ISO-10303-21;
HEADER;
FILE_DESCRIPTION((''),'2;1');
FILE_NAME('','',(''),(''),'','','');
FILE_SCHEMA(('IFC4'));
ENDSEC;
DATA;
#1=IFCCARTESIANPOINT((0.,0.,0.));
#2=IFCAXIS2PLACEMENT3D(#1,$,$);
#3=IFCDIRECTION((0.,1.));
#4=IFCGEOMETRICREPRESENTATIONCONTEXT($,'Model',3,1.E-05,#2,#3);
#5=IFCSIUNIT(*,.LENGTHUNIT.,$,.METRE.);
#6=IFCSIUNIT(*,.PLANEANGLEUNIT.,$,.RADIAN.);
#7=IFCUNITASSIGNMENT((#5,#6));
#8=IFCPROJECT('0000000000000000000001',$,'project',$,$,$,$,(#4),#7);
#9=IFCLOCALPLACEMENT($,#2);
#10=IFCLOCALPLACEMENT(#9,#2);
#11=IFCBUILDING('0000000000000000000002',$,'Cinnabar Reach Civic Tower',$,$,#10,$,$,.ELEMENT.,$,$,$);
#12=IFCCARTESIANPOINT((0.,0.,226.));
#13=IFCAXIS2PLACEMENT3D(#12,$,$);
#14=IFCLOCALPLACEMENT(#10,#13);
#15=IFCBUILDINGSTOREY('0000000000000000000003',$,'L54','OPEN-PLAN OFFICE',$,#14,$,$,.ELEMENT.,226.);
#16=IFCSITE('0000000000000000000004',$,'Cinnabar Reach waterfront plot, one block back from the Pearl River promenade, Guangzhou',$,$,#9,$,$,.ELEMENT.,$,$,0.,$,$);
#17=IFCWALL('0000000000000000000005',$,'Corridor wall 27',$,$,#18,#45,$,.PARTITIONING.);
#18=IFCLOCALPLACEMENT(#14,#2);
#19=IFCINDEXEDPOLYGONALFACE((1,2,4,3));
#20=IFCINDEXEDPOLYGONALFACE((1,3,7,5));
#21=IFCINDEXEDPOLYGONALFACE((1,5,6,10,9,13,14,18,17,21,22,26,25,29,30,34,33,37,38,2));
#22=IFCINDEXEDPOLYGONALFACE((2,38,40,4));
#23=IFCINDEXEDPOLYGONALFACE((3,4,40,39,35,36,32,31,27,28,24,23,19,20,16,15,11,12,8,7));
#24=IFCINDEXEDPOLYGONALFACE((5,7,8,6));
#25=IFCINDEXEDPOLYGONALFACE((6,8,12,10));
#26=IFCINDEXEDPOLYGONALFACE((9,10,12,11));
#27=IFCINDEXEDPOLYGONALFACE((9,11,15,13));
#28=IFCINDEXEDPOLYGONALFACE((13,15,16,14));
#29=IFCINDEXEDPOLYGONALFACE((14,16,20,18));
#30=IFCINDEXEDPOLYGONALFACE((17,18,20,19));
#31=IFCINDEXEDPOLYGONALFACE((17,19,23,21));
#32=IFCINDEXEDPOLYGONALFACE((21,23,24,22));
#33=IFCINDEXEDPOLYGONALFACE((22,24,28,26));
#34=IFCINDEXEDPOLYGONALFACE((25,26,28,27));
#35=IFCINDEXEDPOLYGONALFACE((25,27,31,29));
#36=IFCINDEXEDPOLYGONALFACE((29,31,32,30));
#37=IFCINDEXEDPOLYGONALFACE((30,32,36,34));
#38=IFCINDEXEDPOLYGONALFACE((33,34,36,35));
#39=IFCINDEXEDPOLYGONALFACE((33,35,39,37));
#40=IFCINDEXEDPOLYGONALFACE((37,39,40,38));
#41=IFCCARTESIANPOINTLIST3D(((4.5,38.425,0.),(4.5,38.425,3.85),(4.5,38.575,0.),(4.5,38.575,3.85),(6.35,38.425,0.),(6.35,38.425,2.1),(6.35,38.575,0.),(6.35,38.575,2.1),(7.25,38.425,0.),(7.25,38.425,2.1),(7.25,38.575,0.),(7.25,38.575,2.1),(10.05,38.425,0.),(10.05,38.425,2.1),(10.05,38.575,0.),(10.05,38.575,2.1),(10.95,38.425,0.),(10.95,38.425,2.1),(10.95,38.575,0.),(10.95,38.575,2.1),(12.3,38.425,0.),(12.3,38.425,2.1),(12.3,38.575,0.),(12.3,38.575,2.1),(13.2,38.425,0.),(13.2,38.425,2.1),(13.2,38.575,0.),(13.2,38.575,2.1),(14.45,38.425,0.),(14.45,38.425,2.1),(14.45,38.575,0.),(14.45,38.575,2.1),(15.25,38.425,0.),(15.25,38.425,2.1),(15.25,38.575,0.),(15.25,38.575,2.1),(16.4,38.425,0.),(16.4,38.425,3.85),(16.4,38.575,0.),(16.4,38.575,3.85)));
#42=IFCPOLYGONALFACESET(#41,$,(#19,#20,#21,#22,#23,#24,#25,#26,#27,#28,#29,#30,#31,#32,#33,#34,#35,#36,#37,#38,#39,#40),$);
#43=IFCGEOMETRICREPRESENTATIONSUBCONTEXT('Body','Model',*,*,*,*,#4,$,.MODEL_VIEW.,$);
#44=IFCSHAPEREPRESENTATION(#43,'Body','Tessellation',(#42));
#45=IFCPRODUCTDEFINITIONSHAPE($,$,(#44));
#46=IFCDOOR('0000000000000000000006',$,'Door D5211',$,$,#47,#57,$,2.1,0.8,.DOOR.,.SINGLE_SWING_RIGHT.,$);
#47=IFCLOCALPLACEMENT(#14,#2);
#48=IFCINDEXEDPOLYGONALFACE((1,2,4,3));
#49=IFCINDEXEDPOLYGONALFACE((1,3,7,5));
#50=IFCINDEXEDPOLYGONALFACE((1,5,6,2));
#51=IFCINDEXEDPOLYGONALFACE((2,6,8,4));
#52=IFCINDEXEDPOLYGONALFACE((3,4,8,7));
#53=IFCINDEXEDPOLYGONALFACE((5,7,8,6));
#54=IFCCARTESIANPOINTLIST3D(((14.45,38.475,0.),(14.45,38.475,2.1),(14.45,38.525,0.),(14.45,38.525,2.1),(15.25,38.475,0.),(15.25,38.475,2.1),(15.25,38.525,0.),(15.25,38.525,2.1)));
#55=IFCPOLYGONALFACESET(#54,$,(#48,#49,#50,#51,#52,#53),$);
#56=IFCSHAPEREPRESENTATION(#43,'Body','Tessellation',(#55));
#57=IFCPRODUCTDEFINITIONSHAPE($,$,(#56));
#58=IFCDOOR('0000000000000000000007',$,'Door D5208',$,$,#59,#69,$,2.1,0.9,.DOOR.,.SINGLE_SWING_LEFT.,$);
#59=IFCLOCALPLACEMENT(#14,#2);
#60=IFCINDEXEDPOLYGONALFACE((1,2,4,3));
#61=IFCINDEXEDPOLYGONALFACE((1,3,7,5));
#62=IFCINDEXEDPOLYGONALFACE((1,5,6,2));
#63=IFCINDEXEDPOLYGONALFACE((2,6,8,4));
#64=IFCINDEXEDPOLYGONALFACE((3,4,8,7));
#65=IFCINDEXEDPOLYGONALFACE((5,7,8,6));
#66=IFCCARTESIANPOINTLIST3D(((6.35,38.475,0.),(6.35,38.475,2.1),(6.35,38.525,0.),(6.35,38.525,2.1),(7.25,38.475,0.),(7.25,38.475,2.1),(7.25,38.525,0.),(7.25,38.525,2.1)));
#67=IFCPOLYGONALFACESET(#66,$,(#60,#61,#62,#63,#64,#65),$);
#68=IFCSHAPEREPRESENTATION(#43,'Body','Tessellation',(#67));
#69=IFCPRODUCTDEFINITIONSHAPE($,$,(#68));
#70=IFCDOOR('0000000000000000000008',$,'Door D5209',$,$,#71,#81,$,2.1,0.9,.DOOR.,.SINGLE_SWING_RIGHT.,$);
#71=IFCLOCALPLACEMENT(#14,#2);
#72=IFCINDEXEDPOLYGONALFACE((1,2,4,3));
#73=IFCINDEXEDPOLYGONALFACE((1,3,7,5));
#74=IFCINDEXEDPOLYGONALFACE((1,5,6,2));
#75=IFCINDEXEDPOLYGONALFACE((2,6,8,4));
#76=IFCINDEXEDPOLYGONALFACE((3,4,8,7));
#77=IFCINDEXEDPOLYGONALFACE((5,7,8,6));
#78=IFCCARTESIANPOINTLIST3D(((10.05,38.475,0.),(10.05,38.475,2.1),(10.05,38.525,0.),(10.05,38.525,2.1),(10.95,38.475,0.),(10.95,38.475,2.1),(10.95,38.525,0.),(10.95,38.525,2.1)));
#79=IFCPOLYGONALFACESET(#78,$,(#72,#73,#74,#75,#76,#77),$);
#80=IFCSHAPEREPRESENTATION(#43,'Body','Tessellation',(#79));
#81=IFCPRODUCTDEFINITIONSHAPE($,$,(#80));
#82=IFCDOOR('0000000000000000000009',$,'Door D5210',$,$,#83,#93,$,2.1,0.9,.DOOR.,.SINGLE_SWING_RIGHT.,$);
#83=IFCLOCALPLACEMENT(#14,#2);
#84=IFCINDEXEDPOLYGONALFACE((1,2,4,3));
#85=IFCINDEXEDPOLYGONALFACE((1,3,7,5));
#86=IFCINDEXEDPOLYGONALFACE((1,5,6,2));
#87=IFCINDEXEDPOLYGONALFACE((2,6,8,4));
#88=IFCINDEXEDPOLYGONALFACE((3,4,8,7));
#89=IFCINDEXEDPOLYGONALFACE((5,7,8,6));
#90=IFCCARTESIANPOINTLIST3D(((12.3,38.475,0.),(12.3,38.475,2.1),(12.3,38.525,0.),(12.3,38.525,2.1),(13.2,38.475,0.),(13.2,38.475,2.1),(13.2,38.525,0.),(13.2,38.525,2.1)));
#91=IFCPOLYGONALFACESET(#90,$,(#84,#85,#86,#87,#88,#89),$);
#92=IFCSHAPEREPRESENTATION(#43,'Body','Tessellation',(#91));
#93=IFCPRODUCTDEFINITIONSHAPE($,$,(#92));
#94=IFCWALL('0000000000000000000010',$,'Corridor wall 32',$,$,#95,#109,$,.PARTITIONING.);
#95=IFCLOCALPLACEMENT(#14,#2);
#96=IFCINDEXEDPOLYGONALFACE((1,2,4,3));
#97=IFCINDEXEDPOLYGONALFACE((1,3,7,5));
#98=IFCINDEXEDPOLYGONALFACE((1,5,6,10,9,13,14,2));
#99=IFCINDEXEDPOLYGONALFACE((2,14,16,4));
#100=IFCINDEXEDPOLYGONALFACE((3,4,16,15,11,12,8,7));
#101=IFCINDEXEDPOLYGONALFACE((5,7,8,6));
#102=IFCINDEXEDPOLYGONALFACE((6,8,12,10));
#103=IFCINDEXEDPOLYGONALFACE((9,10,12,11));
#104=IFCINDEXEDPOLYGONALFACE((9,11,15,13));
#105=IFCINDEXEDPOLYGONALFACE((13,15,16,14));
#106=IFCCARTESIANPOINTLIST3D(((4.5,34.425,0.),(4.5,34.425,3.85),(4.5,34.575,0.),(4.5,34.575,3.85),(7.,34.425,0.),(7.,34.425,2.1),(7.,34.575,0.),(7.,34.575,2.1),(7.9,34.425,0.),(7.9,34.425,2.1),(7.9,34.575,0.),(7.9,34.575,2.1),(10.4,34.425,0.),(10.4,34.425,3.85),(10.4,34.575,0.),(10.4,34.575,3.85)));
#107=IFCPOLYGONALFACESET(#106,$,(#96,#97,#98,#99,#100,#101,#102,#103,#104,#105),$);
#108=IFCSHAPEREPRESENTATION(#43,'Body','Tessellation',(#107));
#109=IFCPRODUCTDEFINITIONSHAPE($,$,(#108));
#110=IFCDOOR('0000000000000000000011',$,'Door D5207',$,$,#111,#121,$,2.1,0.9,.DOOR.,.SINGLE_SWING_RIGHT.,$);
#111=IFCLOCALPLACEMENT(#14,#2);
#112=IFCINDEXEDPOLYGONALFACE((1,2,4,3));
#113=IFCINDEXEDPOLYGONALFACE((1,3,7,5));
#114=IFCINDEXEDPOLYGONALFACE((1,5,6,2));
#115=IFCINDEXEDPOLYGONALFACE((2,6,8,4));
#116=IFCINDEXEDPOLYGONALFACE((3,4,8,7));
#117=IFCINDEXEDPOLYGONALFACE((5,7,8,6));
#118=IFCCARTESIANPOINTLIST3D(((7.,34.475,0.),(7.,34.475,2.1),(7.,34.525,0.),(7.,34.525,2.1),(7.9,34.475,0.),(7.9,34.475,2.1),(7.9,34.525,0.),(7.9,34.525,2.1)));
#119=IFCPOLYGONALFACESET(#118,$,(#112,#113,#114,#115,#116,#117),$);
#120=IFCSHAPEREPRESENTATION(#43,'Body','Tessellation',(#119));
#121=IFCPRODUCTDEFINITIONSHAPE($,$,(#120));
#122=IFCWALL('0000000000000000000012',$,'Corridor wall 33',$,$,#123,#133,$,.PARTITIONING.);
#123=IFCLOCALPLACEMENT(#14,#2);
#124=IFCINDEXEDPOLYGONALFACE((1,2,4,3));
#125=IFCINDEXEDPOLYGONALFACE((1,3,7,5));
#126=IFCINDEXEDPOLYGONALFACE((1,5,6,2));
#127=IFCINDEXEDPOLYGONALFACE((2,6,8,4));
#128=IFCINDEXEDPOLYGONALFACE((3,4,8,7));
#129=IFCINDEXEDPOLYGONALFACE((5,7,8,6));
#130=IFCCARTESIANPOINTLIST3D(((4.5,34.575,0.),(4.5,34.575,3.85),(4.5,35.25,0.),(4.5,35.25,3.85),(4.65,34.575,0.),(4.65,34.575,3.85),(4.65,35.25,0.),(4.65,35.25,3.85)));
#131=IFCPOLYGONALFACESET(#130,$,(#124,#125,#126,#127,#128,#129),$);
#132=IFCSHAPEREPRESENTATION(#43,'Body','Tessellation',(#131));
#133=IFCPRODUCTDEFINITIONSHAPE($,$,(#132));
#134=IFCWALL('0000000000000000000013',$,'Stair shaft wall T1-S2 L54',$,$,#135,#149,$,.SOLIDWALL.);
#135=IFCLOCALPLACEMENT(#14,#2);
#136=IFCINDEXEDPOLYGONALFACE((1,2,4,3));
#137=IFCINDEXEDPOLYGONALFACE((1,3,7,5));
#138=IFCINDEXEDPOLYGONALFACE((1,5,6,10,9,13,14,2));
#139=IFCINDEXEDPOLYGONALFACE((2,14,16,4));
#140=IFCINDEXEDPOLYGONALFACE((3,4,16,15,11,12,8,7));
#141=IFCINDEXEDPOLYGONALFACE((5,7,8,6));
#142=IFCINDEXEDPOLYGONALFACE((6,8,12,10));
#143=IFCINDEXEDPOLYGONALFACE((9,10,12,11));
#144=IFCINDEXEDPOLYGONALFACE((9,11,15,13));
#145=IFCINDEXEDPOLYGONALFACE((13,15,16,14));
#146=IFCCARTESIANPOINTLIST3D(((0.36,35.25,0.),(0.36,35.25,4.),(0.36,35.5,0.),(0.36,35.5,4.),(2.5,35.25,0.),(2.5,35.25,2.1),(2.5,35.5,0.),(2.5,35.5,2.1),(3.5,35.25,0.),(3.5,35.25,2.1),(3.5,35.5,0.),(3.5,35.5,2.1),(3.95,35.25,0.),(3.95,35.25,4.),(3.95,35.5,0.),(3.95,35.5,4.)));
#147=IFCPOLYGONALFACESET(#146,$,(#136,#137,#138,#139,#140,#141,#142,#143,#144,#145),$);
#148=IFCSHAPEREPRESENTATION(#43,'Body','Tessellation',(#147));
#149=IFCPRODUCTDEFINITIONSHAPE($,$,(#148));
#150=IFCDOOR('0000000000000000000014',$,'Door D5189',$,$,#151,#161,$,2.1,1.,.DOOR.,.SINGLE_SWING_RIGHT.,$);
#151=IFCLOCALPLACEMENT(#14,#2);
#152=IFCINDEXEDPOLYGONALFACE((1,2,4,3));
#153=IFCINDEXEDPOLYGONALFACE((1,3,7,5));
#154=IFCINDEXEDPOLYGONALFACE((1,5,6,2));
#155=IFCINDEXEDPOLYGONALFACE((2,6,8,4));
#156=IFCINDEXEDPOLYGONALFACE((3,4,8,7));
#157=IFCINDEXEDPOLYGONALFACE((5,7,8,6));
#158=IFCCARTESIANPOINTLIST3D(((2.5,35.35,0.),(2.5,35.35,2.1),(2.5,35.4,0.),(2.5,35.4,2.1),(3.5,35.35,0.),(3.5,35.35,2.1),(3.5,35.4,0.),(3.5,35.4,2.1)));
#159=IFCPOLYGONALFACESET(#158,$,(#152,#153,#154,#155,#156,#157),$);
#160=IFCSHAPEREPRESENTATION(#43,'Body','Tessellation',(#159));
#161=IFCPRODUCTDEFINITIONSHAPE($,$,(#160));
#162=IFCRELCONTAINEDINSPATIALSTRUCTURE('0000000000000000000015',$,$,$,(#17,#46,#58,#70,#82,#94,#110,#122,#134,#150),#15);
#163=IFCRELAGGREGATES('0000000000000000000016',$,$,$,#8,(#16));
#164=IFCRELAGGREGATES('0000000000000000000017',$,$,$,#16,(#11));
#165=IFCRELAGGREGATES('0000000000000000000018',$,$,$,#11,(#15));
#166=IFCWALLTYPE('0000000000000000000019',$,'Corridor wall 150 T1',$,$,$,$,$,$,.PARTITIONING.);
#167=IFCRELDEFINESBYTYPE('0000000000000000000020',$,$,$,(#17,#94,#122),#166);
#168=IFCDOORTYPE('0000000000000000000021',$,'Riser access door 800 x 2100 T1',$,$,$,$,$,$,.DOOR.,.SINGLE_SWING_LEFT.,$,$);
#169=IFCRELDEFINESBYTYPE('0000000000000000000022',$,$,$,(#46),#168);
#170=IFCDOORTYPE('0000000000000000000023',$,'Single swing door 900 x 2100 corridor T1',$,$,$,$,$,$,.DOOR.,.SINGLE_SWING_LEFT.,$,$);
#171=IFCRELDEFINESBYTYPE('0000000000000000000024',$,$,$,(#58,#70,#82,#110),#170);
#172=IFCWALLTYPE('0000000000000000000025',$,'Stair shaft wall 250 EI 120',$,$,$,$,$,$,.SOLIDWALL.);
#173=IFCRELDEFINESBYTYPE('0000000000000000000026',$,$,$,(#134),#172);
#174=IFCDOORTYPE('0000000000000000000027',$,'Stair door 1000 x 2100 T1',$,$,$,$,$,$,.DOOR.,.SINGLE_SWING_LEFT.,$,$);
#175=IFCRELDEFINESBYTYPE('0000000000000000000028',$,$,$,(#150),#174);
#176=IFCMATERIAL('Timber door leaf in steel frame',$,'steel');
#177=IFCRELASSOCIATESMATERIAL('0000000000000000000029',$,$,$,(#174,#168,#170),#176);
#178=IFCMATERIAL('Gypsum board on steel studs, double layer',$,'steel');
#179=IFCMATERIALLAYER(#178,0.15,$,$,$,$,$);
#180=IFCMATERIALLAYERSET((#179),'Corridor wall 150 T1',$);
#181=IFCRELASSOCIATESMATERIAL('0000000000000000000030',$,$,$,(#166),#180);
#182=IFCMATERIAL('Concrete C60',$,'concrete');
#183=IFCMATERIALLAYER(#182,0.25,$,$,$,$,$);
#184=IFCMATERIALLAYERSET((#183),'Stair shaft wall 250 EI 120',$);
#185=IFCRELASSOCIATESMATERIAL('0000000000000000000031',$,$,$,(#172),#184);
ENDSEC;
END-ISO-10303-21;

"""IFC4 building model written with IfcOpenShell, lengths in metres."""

from ifc_helpers import new_model, si_unit, direction, frame, frame_2d, origin, place, context, subcontext, project, spatial, rectangle, extrude, material, layer, layer_set, type_object, element, fill, save


model = new_model("IFC4")

# Units and contexts
model_context = context("Model", 3, precision=1e-05, world=origin(), true_north=direction((0.0, 1.0)))
body_context = subcontext(model_context, "Body", "Model", "MODEL_VIEW")
ifc_project = project(units=[si_unit("LENGTHUNIT", "METRE"), si_unit("PLANEANGLEUNIT", "RADIAN")], contexts=[model_context])

# Site, building, storey
site_placement = place(None, origin())
site = spatial("IfcSite", under=ifc_project, at=site_placement, Name="Cinnabar Reach waterfront plot, one block back from the Pearl River promenade, Guangzhou", CompositionType="ELEMENT", RefElevation=0.0)
building_placement = place(site_placement, origin())
building = spatial("IfcBuilding", under=site, at=building_placement, Name="Cinnabar Reach Civic Tower", CompositionType="ELEMENT")
storey_placement = place(building_placement, frame((0.0, 0.0, 226.0)))
storey = spatial("IfcBuildingStorey", under=building, at=storey_placement, Name="L54", Description="OPEN-PLAN OFFICE", CompositionType="ELEMENT", Elevation=226.0)

# Shared definitions
ifc_material_1 = material(Name="Concrete C60", Category="concrete")
ifc_material_2 = material(Name="Timber door leaf in steel frame", Category="steel")
door_type_1 = type_object("IfcDoorType", Name="Stair door 1000 x 2100 T1", OperationType="SINGLE_SWING_LEFT", PredefinedType="DOOR", material=ifc_material_2)

# Wall, openings, doors
ifc_material_3 = material(Name="Gypsum board on steel studs, double layer", Category="steel")
ifc_layer_1 = layer(ifc_material_3, 0.15)
ifc_layer_set_1 = layer_set([ifc_layer_1], Name="Corridor wall 150 T1")
wall_type_1 = type_object("IfcWallType", Name="Corridor wall 150 T1", PredefinedType="PARTITIONING", material=ifc_layer_set_1)
wall_1_placement = place(storey_placement, frame((4.5, 38.5, 0.0), z_axis=(0.0, 0.0, 1.0), x_axis=(1.0, 0.0, 0.0)))
wall_1 = element("IfcWall", 1, at=wall_1_placement, inside=storey, type_object=wall_type_1, Name="Corridor wall 27", PredefinedType="PARTITIONING", context=body_context, shape_type="SweptSolid", body=[
    extrude(rectangle(XDim=11.9, YDim=0.15, at=frame_2d((5.95, 0.0))), origin(), (0.0, 0.0, 1.0), 3.85),
])
opening_1_placement = place(wall_1_placement, frame((1.85, 0.0, 0.0)))
opening_1 = element("IfcOpeningElement", 2, at=opening_1_placement, cuts=wall_1, PredefinedType="OPENING", context=body_context, shape_type="SweptSolid", body=[
    extrude(rectangle(XDim=0.9, YDim=2.1, at=frame_2d((0.45, 1.05))), frame((0.0, 0.085, 0.0), z_axis=(0.0, -1.0, 0.0), x_axis=(1.0, 0.0, 0.0)), (0.0, 0.0, 1.0), 0.17),
])
opening_2_placement = place(wall_1_placement, frame((5.55, 0.0, 0.0)))
opening_2 = element("IfcOpeningElement", 3, at=opening_2_placement, cuts=wall_1, PredefinedType="OPENING", context=body_context, shape_type="SweptSolid", body=[
    extrude(rectangle(XDim=0.9, YDim=2.1, at=frame_2d((0.45, 1.05))), frame((0.0, 0.085, 0.0), z_axis=(0.0, -1.0, 0.0), x_axis=(1.0, 0.0, 0.0)), (0.0, 0.0, 1.0), 0.17),
])
opening_3_placement = place(wall_1_placement, frame((7.8, 0.0, 0.0)))
opening_3 = element("IfcOpeningElement", 4, at=opening_3_placement, cuts=wall_1, PredefinedType="OPENING", context=body_context, shape_type="SweptSolid", body=[
    extrude(rectangle(XDim=0.9, YDim=2.1, at=frame_2d((0.45, 1.05))), frame((0.0, 0.085, 0.0), z_axis=(0.0, -1.0, 0.0), x_axis=(1.0, 0.0, 0.0)), (0.0, 0.0, 1.0), 0.17),
])
opening_4_placement = place(wall_1_placement, frame((9.95, 0.0, 0.0)))
opening_4 = element("IfcOpeningElement", 5, at=opening_4_placement, cuts=wall_1, PredefinedType="OPENING", context=body_context, shape_type="SweptSolid", body=[
    extrude(rectangle(XDim=0.8, YDim=2.1, at=frame_2d((0.4, 1.05))), frame((0.0, 0.085, 0.0), z_axis=(0.0, -1.0, 0.0), x_axis=(1.0, 0.0, 0.0)), (0.0, 0.0, 1.0), 0.17),
])
door_type_2 = type_object("IfcDoorType", Name="Riser access door 800 x 2100 T1", OperationType="SINGLE_SWING_LEFT", PredefinedType="DOOR", material=ifc_material_2)
door_1_placement = place(opening_4_placement, origin())
door_1 = element("IfcDoor", 6, at=door_1_placement, inside=storey, type_object=door_type_2, Name="Door D5211", OperationType="SINGLE_SWING_RIGHT", OverallHeight=2.1, OverallWidth=0.8, PredefinedType="DOOR", context=body_context, shape_type="SweptSolid", body=[
    extrude(rectangle(XDim=0.8, YDim=2.1, at=frame_2d((0.4, 1.05))), frame((0.0, 0.025, 0.0), z_axis=(0.0, -1.0, 0.0), x_axis=(1.0, 0.0, 0.0)), (0.0, 0.0, 1.0), 0.05),
])
fill(opening_4, door_1)
door_type_3 = type_object("IfcDoorType", Name="Single swing door 900 x 2100 corridor T1", OperationType="SINGLE_SWING_LEFT", PredefinedType="DOOR", material=ifc_material_2)
door_2_placement = place(opening_1_placement, origin())
door_2 = element("IfcDoor", 7, at=door_2_placement, inside=storey, type_object=door_type_3, Name="Door D5208", OperationType="SINGLE_SWING_LEFT", OverallHeight=2.1, OverallWidth=0.9, PredefinedType="DOOR", context=body_context, shape_type="SweptSolid", body=[
    extrude(rectangle(XDim=0.9, YDim=2.1, at=frame_2d((0.45, 1.05))), frame((0.0, 0.025, 0.0), z_axis=(0.0, -1.0, 0.0), x_axis=(1.0, 0.0, 0.0)), (0.0, 0.0, 1.0), 0.05),
])
fill(opening_1, door_2)
door_3_placement = place(opening_2_placement, origin())
door_3 = element("IfcDoor", 8, at=door_3_placement, inside=storey, type_object=door_type_3, Name="Door D5209", OperationType="SINGLE_SWING_RIGHT", OverallHeight=2.1, OverallWidth=0.9, PredefinedType="DOOR", context=body_context, shape_type="SweptSolid", body=[
    extrude(rectangle(XDim=0.9, YDim=2.1, at=frame_2d((0.45, 1.05))), frame((0.0, 0.025, 0.0), z_axis=(0.0, -1.0, 0.0), x_axis=(1.0, 0.0, 0.0)), (0.0, 0.0, 1.0), 0.05),
])
fill(opening_2, door_3)
door_4_placement = place(opening_3_placement, origin())
door_4 = element("IfcDoor", 9, at=door_4_placement, inside=storey, type_object=door_type_3, Name="Door D5210", OperationType="SINGLE_SWING_RIGHT", OverallHeight=2.1, OverallWidth=0.9, PredefinedType="DOOR", context=body_context, shape_type="SweptSolid", body=[
    extrude(rectangle(XDim=0.9, YDim=2.1, at=frame_2d((0.45, 1.05))), frame((0.0, 0.025, 0.0), z_axis=(0.0, -1.0, 0.0), x_axis=(1.0, 0.0, 0.0)), (0.0, 0.0, 1.0), 0.05),
])
fill(opening_3, door_4)

# Wall, opening, door
wall_2_placement = place(storey_placement, frame((4.5, 34.5, 0.0), z_axis=(0.0, 0.0, 1.0), x_axis=(1.0, 0.0, 0.0)))
wall_2 = element("IfcWall", 10, at=wall_2_placement, inside=storey, type_object=wall_type_1, Name="Corridor wall 32", PredefinedType="PARTITIONING", context=body_context, shape_type="SweptSolid", body=[
    extrude(rectangle(XDim=5.9, YDim=0.15, at=frame_2d((2.95, 0.0))), origin(), (0.0, 0.0, 1.0), 3.85),
])
opening_5_placement = place(wall_2_placement, frame((2.5, 0.0, 0.0)))
opening_5 = element("IfcOpeningElement", 11, at=opening_5_placement, cuts=wall_2, PredefinedType="OPENING", context=body_context, shape_type="SweptSolid", body=[
    extrude(rectangle(XDim=0.9, YDim=2.1, at=frame_2d((0.45, 1.05))), frame((0.0, 0.085, 0.0), z_axis=(0.0, -1.0, 0.0), x_axis=(1.0, 0.0, 0.0)), (0.0, 0.0, 1.0), 0.17),
])
door_5_placement = place(opening_5_placement, frame((0.9, 0.0, 0.0), z_axis=(0.0, 0.0, 1.0), x_axis=(-1.0, 0.0, 0.0)))
door_5 = element("IfcDoor", 12, at=door_5_placement, inside=storey, type_object=door_type_3, Name="Door D5207", OperationType="SINGLE_SWING_RIGHT", OverallHeight=2.1, OverallWidth=0.9, PredefinedType="DOOR", context=body_context, shape_type="SweptSolid", body=[
    extrude(rectangle(XDim=0.9, YDim=2.1, at=frame_2d((0.45, 1.05))), frame((0.0, 0.025, 0.0), z_axis=(0.0, -1.0, 0.0), x_axis=(1.0, 0.0, 0.0)), (0.0, 0.0, 1.0), 0.05),
])
fill(opening_5, door_5)

# Wall
wall_3_placement = place(storey_placement, frame((4.575, 34.575, 0.0), z_axis=(0.0, 0.0, 1.0), x_axis=(0.0, 1.0, 0.0)))
element("IfcWall", 13, at=wall_3_placement, inside=storey, type_object=wall_type_1, Name="Corridor wall 33", PredefinedType="PARTITIONING", context=body_context, shape_type="SweptSolid", body=[
    extrude(rectangle(XDim=0.675, YDim=0.15, at=frame_2d((0.3375, 0.0))), origin(), (0.0, 0.0, 1.0), 3.85),
])

# Wall, opening, door
ifc_layer_2 = layer(ifc_material_1, 0.25)
ifc_layer_set_2 = layer_set([ifc_layer_2], Name="Stair shaft wall 250 EI 120")
wall_type_2 = type_object("IfcWallType", Name="Stair shaft wall 250 EI 120", PredefinedType="SOLIDWALL", material=ifc_layer_set_2)
wall_4_placement = place(storey_placement, frame((0.36, 35.375, 0.0), z_axis=(0.0, 0.0, 1.0), x_axis=(1.0, 0.0, 0.0)))
wall_4 = element("IfcWall", 14, at=wall_4_placement, inside=storey, type_object=wall_type_2, Name="Stair shaft wall T1-S2 L54", PredefinedType="SOLIDWALL", context=body_context, shape_type="SweptSolid", body=[
    extrude(rectangle(XDim=3.59, YDim=0.25, at=frame_2d((1.795, 0.0))), origin(), (0.0, 0.0, 1.0), 4.0),
])
opening_6_placement = place(wall_4_placement, frame((2.14, 0.0, 0.0)))
opening_6 = element("IfcOpeningElement", 15, at=opening_6_placement, cuts=wall_4, PredefinedType="OPENING", context=body_context, shape_type="SweptSolid", body=[
    extrude(rectangle(XDim=1.0, YDim=2.1, at=frame_2d((0.5, 1.05))), frame((0.0, 0.135, 0.0), z_axis=(0.0, -1.0, 0.0), x_axis=(1.0, 0.0, 0.0)), (0.0, 0.0, 1.0), 0.27),
])
door_6_placement = place(opening_6_placement, origin())
door_6 = element("IfcDoor", 16, at=door_6_placement, inside=storey, type_object=door_type_1, Name="Door D5189", OperationType="SINGLE_SWING_RIGHT", OverallHeight=2.1, OverallWidth=1.0, PredefinedType="DOOR", context=body_context, shape_type="SweptSolid", body=[
    extrude(rectangle(XDim=1.0, YDim=2.1, at=frame_2d((0.5, 1.05))), frame((0.0, 0.025, 0.0), z_axis=(0.0, -1.0, 0.0), x_axis=(1.0, 0.0, 0.0)), (0.0, 0.0, 1.0), 0.05),
])
fill(opening_6, door_6)

save(model, "model.ifc")
